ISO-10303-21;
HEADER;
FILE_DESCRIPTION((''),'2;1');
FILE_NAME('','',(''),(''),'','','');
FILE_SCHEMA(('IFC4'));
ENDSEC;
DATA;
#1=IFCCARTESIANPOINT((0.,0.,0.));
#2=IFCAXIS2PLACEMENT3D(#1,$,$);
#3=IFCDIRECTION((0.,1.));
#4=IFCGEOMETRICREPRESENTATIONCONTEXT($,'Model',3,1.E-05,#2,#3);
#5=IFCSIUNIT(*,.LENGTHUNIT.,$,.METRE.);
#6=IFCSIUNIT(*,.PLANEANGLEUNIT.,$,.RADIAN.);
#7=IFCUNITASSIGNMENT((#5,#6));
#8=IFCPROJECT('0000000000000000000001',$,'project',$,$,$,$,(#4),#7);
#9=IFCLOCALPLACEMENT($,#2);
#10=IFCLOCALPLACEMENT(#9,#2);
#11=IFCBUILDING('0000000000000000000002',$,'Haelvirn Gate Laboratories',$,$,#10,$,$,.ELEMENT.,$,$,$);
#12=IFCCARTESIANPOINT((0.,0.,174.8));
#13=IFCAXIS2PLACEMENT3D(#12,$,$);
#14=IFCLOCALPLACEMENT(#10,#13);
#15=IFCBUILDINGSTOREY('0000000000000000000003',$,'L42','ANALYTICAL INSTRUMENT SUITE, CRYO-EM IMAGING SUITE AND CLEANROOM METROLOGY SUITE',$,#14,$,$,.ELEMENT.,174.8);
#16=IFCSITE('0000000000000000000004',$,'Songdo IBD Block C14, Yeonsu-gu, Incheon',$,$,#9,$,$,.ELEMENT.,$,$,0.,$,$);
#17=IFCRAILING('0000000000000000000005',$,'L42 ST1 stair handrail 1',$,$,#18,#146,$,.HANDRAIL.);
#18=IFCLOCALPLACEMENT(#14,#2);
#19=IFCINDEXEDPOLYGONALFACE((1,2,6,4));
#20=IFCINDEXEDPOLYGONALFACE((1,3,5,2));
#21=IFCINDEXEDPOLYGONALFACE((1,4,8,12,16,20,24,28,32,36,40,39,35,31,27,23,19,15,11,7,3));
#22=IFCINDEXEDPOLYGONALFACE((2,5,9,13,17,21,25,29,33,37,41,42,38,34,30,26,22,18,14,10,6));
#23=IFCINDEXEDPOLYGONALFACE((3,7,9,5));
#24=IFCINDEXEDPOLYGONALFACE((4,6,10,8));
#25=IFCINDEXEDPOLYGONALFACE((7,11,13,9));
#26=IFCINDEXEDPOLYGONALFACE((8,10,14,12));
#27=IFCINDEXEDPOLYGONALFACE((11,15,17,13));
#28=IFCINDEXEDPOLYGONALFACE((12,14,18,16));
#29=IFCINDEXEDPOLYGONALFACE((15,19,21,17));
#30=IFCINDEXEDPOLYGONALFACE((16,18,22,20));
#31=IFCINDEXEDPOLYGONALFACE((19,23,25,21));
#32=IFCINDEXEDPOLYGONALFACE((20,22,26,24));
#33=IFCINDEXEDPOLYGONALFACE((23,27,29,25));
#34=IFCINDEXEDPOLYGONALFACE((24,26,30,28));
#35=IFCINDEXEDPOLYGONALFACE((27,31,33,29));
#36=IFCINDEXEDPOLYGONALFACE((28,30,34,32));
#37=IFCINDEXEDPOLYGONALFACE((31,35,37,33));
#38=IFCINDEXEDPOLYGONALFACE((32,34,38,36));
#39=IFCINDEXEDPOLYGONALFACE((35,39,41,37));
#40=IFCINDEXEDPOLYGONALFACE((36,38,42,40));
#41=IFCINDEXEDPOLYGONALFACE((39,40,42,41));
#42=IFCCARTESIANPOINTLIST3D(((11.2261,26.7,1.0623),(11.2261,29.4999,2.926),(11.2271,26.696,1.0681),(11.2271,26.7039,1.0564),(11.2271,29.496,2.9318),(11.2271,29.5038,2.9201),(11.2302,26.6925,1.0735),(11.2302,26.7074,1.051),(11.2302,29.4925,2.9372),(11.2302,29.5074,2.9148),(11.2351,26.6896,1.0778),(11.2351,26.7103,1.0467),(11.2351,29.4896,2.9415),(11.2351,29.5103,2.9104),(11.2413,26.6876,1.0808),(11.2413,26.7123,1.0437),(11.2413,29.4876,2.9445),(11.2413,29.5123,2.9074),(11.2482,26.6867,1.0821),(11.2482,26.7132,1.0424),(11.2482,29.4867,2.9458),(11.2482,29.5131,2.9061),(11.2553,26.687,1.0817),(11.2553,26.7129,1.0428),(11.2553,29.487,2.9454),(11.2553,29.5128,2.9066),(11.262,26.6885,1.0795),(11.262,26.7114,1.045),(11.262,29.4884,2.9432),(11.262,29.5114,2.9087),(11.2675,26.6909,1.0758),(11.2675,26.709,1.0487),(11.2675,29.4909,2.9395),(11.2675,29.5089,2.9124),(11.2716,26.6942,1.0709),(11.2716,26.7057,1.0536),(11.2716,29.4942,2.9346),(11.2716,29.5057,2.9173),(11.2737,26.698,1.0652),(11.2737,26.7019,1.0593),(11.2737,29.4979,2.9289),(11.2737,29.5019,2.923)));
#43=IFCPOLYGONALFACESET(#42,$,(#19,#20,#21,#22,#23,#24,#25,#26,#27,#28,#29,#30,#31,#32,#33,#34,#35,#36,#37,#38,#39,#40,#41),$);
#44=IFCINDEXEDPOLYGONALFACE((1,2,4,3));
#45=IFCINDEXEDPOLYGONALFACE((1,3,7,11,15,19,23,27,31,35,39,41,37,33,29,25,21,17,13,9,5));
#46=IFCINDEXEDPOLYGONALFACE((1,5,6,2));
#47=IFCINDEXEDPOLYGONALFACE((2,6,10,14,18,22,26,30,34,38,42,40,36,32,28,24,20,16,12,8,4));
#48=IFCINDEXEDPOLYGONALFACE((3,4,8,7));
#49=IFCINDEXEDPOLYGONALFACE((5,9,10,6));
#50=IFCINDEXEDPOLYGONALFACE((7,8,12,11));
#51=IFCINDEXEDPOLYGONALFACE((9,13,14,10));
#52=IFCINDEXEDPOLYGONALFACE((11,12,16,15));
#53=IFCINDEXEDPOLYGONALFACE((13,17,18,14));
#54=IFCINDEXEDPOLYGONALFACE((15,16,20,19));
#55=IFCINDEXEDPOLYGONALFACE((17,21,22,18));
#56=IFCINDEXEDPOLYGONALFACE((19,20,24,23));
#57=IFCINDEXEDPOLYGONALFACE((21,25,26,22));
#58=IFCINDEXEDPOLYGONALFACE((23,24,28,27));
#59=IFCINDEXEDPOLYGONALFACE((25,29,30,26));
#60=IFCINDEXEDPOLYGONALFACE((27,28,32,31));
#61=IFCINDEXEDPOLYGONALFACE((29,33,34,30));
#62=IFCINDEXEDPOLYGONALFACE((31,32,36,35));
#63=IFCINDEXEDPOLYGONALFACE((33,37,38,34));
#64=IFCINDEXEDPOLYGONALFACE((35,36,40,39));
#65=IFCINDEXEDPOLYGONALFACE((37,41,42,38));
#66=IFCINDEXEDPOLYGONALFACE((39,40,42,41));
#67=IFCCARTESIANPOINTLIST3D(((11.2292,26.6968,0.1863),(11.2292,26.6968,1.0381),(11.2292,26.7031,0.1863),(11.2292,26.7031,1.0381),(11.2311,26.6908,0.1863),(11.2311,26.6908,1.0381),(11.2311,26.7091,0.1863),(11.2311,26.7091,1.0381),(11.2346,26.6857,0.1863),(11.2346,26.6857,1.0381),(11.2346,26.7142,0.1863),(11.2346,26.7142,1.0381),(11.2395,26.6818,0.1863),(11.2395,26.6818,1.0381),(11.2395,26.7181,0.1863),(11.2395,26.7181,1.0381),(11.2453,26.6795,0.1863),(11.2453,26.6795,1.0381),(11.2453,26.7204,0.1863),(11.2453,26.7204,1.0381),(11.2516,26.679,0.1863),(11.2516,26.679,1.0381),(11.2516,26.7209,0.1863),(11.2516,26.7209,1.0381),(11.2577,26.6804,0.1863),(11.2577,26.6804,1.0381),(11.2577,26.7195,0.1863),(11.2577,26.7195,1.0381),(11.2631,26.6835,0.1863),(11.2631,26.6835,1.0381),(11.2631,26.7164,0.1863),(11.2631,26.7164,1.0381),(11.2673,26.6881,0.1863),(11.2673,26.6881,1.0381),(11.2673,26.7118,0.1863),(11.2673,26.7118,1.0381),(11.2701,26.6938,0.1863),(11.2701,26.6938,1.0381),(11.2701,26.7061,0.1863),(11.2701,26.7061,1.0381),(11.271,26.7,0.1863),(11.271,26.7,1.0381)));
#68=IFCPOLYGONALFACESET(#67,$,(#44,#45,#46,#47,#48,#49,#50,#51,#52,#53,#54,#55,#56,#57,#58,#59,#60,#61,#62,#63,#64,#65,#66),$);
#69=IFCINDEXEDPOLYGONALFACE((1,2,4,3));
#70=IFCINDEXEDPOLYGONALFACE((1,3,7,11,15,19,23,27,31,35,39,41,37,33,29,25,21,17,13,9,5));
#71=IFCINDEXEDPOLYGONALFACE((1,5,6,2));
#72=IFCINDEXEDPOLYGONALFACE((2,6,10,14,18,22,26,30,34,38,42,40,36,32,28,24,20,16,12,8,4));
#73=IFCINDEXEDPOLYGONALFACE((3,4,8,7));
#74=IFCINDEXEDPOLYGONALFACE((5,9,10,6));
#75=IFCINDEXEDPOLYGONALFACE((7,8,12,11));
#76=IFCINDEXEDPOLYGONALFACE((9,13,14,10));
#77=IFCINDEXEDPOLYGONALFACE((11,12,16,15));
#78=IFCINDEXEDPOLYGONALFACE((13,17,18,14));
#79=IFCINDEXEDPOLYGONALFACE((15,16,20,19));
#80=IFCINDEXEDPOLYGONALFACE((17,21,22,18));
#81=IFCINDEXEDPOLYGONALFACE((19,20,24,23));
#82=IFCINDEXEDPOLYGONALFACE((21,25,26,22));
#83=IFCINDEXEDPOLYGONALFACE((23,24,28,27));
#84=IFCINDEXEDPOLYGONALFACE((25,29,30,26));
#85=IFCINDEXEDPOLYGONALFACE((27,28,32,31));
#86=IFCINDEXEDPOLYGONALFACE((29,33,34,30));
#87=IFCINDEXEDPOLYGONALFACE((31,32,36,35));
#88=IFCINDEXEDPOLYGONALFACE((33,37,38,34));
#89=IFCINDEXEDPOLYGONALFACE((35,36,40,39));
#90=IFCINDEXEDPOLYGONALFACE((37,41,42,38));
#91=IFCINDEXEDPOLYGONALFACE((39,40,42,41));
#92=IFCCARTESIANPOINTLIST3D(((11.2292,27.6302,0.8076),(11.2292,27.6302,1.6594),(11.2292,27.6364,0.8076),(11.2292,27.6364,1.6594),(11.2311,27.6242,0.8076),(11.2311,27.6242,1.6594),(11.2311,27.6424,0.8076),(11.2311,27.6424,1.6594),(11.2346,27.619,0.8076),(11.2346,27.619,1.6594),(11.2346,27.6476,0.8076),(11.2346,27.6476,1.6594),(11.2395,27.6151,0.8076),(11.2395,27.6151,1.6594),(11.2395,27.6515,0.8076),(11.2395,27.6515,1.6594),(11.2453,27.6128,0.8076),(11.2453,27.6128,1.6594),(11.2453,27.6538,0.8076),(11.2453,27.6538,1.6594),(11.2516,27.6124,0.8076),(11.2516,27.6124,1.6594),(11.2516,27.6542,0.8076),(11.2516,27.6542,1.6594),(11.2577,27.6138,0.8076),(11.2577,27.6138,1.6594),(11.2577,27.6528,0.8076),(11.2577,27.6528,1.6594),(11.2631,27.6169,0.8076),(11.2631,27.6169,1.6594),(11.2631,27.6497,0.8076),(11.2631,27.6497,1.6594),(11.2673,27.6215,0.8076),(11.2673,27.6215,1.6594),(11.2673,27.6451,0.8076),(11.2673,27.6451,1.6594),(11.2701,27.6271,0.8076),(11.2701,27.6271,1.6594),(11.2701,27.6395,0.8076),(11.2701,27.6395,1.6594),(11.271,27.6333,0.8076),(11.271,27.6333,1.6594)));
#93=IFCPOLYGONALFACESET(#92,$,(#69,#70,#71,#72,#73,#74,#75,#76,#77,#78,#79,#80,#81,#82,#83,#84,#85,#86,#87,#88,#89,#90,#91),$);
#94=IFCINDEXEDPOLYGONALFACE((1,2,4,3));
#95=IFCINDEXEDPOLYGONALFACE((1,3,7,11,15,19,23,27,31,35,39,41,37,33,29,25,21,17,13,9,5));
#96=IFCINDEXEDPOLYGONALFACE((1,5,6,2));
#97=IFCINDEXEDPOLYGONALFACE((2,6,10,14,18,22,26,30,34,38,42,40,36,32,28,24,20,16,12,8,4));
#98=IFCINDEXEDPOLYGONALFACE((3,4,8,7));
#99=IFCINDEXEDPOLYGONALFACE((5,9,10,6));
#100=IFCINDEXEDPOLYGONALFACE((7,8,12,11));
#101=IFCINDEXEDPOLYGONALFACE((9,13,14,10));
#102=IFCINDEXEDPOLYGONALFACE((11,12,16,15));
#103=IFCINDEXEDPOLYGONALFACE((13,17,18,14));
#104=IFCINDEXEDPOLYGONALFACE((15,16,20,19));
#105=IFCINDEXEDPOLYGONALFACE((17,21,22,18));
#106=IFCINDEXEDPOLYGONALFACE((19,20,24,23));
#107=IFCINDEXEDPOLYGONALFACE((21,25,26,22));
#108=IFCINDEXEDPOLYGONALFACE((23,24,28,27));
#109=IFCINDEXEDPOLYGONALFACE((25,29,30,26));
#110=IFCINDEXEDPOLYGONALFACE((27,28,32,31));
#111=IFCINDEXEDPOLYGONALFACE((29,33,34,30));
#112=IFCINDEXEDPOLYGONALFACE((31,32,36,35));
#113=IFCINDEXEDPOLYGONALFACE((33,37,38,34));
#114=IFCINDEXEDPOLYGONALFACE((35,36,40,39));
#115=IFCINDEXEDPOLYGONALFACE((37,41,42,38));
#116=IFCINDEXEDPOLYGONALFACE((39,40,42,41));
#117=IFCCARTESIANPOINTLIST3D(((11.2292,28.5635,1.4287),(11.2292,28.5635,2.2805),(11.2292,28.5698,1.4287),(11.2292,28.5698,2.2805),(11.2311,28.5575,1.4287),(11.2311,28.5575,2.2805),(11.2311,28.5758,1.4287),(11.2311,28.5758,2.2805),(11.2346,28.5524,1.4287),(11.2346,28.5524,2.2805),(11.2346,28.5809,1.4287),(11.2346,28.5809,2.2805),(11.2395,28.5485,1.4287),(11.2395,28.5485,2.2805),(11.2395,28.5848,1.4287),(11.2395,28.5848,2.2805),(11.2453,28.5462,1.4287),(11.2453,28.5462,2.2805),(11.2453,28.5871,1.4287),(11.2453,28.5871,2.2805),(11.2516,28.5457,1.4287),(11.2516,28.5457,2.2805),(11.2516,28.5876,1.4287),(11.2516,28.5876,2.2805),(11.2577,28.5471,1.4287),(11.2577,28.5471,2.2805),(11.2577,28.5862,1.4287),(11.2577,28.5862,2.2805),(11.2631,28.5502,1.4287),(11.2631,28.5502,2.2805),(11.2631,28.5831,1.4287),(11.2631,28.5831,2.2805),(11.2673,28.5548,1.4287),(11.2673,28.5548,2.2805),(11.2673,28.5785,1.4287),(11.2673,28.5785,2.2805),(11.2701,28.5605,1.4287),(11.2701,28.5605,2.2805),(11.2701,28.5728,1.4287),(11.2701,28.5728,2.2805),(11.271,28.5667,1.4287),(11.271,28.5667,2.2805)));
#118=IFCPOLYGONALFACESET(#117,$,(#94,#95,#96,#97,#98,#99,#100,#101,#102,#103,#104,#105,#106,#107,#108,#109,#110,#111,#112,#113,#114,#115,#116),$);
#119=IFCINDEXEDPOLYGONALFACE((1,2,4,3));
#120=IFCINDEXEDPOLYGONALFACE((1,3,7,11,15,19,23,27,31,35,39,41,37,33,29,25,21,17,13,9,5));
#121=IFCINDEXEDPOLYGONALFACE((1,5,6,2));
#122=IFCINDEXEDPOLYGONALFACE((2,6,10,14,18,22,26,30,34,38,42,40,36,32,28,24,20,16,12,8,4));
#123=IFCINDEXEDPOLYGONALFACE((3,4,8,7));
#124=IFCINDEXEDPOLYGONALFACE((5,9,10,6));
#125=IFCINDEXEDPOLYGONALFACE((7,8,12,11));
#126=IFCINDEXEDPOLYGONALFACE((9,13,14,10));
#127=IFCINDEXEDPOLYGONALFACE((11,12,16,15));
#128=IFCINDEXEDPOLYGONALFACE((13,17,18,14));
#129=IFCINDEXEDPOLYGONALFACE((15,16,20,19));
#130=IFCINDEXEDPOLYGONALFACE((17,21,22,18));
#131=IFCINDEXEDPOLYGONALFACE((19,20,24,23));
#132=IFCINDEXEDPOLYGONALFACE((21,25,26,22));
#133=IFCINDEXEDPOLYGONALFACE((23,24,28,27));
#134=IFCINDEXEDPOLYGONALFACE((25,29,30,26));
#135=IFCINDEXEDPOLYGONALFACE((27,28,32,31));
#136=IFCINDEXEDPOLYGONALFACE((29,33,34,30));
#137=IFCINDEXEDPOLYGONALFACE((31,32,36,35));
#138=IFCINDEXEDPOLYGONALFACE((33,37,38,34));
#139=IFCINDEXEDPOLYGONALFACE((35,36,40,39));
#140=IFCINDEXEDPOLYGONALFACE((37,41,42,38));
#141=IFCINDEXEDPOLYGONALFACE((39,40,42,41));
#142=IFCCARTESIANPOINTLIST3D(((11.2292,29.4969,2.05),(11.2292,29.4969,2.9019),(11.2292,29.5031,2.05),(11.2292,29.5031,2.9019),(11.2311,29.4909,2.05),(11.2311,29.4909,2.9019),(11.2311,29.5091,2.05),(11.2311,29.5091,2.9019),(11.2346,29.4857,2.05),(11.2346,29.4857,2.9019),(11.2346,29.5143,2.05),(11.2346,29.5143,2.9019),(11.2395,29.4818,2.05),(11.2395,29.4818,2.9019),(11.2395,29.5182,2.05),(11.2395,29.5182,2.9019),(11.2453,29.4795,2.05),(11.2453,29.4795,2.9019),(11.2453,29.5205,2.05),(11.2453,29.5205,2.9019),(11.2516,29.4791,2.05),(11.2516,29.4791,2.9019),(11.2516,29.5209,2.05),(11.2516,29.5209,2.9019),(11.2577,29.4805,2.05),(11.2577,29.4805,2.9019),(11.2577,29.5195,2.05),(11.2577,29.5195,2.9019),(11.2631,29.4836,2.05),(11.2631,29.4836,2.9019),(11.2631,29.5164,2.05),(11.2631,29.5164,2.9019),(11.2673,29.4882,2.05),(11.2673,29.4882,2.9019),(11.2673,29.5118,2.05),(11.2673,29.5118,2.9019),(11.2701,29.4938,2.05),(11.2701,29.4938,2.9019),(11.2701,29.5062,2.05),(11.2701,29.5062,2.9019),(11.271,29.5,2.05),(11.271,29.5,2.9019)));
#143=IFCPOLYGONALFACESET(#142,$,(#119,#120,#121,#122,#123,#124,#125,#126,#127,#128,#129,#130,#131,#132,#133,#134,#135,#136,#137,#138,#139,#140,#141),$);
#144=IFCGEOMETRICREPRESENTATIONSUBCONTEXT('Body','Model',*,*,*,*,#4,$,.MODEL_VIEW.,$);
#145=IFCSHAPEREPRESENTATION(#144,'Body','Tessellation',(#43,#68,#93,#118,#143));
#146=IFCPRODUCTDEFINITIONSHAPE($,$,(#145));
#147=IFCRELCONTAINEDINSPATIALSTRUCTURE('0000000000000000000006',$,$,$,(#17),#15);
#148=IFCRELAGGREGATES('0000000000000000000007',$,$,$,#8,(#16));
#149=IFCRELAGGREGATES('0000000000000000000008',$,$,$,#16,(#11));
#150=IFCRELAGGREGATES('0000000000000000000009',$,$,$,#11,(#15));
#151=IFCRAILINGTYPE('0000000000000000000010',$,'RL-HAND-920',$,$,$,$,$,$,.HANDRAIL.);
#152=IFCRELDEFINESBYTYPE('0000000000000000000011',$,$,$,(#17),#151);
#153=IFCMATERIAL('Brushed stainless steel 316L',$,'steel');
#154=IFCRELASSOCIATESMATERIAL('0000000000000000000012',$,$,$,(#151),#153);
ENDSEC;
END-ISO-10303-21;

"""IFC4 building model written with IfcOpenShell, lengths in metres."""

from ifc_helpers import new_model, si_unit, direction, frame, origin, origin_2d, place, context, subcontext, project, spatial, circle, extrude, source, transform, mapped, material, type_object, element, save


model = new_model("IFC4")

# Units and contexts
model_context = context("Model", 3, precision=1e-05, world=origin(), true_north=direction((0.0, 1.0)))
body_context = subcontext(model_context, "Body", "Model", "MODEL_VIEW")
ifc_project = project(units=[si_unit("LENGTHUNIT", "METRE"), si_unit("PLANEANGLEUNIT", "RADIAN")], contexts=[model_context])

# Site, building, storey
site_placement = place(None, origin())
site = spatial("IfcSite", under=ifc_project, at=site_placement, Name="Songdo IBD Block C14, Yeonsu-gu, Incheon", CompositionType="ELEMENT", RefElevation=0.0)
building_placement = place(site_placement, origin())
building = spatial("IfcBuilding", under=site, at=building_placement, Name="Haelvirn Gate Laboratories", CompositionType="ELEMENT")
storey_placement = place(building_placement, frame((0.0, 0.0, 174.8)))
storey = spatial("IfcBuildingStorey", under=building, at=storey_placement, Name="L42", Description="ANALYTICAL INSTRUMENT SUITE, CRYO-EM IMAGING SUITE AND CLEANROOM METROLOGY SUITE", CompositionType="ELEMENT", Elevation=174.8)

# Railing
ifc_material_1 = material(Name="Brushed stainless steel 316L", Category="steel")
railing_type_1 = type_object("IfcRailingType", Name="RL-HAND-920", PredefinedType="HANDRAIL", material=ifc_material_1)
shared_shape_1 = source(origin(), body_context, "Body", "SweptSolid", [
    extrude(circle(Radius=0.0239, at=origin_2d()), frame((0.0, 0.0, 0.876), z_axis=(0.0, 0.832452, 0.554097), x_axis=(-1.0, 0.0, 0.0)), (0.0, 0.0, 1.0), 3.3635),
    extrude(circle(Radius=0.021, at=origin_2d()), origin(), (0.0, 0.0, 1.0), 0.8518),
    extrude(circle(Radius=0.021, at=origin_2d()), frame((0.0, 0.9333, 0.6213)), (0.0, 0.0, 1.0), 0.8518),
    extrude(circle(Radius=0.021, at=origin_2d()), frame((0.0, 1.8667, 1.2424)), (0.0, 0.0, 1.0), 0.8518),
    extrude(circle(Radius=0.021, at=origin_2d()), frame((0.0, 2.8, 1.8638)), (0.0, 0.0, 1.0), 0.8518),
])
railing_1_placement = place(storey_placement, frame((11.25, 26.7, 0.1863)))
element("IfcRailing", 1, at=railing_1_placement, inside=storey, type_object=railing_type_1, Name="L42 ST1 stair handrail 1", PredefinedType="HANDRAIL", context=body_context, shape_type="MappedRepresentation", body=[
    mapped(shared_shape_1, transform((0.0, 0.0, 0.0), scale=1.0)),
])

save(model, "model.ifc")
